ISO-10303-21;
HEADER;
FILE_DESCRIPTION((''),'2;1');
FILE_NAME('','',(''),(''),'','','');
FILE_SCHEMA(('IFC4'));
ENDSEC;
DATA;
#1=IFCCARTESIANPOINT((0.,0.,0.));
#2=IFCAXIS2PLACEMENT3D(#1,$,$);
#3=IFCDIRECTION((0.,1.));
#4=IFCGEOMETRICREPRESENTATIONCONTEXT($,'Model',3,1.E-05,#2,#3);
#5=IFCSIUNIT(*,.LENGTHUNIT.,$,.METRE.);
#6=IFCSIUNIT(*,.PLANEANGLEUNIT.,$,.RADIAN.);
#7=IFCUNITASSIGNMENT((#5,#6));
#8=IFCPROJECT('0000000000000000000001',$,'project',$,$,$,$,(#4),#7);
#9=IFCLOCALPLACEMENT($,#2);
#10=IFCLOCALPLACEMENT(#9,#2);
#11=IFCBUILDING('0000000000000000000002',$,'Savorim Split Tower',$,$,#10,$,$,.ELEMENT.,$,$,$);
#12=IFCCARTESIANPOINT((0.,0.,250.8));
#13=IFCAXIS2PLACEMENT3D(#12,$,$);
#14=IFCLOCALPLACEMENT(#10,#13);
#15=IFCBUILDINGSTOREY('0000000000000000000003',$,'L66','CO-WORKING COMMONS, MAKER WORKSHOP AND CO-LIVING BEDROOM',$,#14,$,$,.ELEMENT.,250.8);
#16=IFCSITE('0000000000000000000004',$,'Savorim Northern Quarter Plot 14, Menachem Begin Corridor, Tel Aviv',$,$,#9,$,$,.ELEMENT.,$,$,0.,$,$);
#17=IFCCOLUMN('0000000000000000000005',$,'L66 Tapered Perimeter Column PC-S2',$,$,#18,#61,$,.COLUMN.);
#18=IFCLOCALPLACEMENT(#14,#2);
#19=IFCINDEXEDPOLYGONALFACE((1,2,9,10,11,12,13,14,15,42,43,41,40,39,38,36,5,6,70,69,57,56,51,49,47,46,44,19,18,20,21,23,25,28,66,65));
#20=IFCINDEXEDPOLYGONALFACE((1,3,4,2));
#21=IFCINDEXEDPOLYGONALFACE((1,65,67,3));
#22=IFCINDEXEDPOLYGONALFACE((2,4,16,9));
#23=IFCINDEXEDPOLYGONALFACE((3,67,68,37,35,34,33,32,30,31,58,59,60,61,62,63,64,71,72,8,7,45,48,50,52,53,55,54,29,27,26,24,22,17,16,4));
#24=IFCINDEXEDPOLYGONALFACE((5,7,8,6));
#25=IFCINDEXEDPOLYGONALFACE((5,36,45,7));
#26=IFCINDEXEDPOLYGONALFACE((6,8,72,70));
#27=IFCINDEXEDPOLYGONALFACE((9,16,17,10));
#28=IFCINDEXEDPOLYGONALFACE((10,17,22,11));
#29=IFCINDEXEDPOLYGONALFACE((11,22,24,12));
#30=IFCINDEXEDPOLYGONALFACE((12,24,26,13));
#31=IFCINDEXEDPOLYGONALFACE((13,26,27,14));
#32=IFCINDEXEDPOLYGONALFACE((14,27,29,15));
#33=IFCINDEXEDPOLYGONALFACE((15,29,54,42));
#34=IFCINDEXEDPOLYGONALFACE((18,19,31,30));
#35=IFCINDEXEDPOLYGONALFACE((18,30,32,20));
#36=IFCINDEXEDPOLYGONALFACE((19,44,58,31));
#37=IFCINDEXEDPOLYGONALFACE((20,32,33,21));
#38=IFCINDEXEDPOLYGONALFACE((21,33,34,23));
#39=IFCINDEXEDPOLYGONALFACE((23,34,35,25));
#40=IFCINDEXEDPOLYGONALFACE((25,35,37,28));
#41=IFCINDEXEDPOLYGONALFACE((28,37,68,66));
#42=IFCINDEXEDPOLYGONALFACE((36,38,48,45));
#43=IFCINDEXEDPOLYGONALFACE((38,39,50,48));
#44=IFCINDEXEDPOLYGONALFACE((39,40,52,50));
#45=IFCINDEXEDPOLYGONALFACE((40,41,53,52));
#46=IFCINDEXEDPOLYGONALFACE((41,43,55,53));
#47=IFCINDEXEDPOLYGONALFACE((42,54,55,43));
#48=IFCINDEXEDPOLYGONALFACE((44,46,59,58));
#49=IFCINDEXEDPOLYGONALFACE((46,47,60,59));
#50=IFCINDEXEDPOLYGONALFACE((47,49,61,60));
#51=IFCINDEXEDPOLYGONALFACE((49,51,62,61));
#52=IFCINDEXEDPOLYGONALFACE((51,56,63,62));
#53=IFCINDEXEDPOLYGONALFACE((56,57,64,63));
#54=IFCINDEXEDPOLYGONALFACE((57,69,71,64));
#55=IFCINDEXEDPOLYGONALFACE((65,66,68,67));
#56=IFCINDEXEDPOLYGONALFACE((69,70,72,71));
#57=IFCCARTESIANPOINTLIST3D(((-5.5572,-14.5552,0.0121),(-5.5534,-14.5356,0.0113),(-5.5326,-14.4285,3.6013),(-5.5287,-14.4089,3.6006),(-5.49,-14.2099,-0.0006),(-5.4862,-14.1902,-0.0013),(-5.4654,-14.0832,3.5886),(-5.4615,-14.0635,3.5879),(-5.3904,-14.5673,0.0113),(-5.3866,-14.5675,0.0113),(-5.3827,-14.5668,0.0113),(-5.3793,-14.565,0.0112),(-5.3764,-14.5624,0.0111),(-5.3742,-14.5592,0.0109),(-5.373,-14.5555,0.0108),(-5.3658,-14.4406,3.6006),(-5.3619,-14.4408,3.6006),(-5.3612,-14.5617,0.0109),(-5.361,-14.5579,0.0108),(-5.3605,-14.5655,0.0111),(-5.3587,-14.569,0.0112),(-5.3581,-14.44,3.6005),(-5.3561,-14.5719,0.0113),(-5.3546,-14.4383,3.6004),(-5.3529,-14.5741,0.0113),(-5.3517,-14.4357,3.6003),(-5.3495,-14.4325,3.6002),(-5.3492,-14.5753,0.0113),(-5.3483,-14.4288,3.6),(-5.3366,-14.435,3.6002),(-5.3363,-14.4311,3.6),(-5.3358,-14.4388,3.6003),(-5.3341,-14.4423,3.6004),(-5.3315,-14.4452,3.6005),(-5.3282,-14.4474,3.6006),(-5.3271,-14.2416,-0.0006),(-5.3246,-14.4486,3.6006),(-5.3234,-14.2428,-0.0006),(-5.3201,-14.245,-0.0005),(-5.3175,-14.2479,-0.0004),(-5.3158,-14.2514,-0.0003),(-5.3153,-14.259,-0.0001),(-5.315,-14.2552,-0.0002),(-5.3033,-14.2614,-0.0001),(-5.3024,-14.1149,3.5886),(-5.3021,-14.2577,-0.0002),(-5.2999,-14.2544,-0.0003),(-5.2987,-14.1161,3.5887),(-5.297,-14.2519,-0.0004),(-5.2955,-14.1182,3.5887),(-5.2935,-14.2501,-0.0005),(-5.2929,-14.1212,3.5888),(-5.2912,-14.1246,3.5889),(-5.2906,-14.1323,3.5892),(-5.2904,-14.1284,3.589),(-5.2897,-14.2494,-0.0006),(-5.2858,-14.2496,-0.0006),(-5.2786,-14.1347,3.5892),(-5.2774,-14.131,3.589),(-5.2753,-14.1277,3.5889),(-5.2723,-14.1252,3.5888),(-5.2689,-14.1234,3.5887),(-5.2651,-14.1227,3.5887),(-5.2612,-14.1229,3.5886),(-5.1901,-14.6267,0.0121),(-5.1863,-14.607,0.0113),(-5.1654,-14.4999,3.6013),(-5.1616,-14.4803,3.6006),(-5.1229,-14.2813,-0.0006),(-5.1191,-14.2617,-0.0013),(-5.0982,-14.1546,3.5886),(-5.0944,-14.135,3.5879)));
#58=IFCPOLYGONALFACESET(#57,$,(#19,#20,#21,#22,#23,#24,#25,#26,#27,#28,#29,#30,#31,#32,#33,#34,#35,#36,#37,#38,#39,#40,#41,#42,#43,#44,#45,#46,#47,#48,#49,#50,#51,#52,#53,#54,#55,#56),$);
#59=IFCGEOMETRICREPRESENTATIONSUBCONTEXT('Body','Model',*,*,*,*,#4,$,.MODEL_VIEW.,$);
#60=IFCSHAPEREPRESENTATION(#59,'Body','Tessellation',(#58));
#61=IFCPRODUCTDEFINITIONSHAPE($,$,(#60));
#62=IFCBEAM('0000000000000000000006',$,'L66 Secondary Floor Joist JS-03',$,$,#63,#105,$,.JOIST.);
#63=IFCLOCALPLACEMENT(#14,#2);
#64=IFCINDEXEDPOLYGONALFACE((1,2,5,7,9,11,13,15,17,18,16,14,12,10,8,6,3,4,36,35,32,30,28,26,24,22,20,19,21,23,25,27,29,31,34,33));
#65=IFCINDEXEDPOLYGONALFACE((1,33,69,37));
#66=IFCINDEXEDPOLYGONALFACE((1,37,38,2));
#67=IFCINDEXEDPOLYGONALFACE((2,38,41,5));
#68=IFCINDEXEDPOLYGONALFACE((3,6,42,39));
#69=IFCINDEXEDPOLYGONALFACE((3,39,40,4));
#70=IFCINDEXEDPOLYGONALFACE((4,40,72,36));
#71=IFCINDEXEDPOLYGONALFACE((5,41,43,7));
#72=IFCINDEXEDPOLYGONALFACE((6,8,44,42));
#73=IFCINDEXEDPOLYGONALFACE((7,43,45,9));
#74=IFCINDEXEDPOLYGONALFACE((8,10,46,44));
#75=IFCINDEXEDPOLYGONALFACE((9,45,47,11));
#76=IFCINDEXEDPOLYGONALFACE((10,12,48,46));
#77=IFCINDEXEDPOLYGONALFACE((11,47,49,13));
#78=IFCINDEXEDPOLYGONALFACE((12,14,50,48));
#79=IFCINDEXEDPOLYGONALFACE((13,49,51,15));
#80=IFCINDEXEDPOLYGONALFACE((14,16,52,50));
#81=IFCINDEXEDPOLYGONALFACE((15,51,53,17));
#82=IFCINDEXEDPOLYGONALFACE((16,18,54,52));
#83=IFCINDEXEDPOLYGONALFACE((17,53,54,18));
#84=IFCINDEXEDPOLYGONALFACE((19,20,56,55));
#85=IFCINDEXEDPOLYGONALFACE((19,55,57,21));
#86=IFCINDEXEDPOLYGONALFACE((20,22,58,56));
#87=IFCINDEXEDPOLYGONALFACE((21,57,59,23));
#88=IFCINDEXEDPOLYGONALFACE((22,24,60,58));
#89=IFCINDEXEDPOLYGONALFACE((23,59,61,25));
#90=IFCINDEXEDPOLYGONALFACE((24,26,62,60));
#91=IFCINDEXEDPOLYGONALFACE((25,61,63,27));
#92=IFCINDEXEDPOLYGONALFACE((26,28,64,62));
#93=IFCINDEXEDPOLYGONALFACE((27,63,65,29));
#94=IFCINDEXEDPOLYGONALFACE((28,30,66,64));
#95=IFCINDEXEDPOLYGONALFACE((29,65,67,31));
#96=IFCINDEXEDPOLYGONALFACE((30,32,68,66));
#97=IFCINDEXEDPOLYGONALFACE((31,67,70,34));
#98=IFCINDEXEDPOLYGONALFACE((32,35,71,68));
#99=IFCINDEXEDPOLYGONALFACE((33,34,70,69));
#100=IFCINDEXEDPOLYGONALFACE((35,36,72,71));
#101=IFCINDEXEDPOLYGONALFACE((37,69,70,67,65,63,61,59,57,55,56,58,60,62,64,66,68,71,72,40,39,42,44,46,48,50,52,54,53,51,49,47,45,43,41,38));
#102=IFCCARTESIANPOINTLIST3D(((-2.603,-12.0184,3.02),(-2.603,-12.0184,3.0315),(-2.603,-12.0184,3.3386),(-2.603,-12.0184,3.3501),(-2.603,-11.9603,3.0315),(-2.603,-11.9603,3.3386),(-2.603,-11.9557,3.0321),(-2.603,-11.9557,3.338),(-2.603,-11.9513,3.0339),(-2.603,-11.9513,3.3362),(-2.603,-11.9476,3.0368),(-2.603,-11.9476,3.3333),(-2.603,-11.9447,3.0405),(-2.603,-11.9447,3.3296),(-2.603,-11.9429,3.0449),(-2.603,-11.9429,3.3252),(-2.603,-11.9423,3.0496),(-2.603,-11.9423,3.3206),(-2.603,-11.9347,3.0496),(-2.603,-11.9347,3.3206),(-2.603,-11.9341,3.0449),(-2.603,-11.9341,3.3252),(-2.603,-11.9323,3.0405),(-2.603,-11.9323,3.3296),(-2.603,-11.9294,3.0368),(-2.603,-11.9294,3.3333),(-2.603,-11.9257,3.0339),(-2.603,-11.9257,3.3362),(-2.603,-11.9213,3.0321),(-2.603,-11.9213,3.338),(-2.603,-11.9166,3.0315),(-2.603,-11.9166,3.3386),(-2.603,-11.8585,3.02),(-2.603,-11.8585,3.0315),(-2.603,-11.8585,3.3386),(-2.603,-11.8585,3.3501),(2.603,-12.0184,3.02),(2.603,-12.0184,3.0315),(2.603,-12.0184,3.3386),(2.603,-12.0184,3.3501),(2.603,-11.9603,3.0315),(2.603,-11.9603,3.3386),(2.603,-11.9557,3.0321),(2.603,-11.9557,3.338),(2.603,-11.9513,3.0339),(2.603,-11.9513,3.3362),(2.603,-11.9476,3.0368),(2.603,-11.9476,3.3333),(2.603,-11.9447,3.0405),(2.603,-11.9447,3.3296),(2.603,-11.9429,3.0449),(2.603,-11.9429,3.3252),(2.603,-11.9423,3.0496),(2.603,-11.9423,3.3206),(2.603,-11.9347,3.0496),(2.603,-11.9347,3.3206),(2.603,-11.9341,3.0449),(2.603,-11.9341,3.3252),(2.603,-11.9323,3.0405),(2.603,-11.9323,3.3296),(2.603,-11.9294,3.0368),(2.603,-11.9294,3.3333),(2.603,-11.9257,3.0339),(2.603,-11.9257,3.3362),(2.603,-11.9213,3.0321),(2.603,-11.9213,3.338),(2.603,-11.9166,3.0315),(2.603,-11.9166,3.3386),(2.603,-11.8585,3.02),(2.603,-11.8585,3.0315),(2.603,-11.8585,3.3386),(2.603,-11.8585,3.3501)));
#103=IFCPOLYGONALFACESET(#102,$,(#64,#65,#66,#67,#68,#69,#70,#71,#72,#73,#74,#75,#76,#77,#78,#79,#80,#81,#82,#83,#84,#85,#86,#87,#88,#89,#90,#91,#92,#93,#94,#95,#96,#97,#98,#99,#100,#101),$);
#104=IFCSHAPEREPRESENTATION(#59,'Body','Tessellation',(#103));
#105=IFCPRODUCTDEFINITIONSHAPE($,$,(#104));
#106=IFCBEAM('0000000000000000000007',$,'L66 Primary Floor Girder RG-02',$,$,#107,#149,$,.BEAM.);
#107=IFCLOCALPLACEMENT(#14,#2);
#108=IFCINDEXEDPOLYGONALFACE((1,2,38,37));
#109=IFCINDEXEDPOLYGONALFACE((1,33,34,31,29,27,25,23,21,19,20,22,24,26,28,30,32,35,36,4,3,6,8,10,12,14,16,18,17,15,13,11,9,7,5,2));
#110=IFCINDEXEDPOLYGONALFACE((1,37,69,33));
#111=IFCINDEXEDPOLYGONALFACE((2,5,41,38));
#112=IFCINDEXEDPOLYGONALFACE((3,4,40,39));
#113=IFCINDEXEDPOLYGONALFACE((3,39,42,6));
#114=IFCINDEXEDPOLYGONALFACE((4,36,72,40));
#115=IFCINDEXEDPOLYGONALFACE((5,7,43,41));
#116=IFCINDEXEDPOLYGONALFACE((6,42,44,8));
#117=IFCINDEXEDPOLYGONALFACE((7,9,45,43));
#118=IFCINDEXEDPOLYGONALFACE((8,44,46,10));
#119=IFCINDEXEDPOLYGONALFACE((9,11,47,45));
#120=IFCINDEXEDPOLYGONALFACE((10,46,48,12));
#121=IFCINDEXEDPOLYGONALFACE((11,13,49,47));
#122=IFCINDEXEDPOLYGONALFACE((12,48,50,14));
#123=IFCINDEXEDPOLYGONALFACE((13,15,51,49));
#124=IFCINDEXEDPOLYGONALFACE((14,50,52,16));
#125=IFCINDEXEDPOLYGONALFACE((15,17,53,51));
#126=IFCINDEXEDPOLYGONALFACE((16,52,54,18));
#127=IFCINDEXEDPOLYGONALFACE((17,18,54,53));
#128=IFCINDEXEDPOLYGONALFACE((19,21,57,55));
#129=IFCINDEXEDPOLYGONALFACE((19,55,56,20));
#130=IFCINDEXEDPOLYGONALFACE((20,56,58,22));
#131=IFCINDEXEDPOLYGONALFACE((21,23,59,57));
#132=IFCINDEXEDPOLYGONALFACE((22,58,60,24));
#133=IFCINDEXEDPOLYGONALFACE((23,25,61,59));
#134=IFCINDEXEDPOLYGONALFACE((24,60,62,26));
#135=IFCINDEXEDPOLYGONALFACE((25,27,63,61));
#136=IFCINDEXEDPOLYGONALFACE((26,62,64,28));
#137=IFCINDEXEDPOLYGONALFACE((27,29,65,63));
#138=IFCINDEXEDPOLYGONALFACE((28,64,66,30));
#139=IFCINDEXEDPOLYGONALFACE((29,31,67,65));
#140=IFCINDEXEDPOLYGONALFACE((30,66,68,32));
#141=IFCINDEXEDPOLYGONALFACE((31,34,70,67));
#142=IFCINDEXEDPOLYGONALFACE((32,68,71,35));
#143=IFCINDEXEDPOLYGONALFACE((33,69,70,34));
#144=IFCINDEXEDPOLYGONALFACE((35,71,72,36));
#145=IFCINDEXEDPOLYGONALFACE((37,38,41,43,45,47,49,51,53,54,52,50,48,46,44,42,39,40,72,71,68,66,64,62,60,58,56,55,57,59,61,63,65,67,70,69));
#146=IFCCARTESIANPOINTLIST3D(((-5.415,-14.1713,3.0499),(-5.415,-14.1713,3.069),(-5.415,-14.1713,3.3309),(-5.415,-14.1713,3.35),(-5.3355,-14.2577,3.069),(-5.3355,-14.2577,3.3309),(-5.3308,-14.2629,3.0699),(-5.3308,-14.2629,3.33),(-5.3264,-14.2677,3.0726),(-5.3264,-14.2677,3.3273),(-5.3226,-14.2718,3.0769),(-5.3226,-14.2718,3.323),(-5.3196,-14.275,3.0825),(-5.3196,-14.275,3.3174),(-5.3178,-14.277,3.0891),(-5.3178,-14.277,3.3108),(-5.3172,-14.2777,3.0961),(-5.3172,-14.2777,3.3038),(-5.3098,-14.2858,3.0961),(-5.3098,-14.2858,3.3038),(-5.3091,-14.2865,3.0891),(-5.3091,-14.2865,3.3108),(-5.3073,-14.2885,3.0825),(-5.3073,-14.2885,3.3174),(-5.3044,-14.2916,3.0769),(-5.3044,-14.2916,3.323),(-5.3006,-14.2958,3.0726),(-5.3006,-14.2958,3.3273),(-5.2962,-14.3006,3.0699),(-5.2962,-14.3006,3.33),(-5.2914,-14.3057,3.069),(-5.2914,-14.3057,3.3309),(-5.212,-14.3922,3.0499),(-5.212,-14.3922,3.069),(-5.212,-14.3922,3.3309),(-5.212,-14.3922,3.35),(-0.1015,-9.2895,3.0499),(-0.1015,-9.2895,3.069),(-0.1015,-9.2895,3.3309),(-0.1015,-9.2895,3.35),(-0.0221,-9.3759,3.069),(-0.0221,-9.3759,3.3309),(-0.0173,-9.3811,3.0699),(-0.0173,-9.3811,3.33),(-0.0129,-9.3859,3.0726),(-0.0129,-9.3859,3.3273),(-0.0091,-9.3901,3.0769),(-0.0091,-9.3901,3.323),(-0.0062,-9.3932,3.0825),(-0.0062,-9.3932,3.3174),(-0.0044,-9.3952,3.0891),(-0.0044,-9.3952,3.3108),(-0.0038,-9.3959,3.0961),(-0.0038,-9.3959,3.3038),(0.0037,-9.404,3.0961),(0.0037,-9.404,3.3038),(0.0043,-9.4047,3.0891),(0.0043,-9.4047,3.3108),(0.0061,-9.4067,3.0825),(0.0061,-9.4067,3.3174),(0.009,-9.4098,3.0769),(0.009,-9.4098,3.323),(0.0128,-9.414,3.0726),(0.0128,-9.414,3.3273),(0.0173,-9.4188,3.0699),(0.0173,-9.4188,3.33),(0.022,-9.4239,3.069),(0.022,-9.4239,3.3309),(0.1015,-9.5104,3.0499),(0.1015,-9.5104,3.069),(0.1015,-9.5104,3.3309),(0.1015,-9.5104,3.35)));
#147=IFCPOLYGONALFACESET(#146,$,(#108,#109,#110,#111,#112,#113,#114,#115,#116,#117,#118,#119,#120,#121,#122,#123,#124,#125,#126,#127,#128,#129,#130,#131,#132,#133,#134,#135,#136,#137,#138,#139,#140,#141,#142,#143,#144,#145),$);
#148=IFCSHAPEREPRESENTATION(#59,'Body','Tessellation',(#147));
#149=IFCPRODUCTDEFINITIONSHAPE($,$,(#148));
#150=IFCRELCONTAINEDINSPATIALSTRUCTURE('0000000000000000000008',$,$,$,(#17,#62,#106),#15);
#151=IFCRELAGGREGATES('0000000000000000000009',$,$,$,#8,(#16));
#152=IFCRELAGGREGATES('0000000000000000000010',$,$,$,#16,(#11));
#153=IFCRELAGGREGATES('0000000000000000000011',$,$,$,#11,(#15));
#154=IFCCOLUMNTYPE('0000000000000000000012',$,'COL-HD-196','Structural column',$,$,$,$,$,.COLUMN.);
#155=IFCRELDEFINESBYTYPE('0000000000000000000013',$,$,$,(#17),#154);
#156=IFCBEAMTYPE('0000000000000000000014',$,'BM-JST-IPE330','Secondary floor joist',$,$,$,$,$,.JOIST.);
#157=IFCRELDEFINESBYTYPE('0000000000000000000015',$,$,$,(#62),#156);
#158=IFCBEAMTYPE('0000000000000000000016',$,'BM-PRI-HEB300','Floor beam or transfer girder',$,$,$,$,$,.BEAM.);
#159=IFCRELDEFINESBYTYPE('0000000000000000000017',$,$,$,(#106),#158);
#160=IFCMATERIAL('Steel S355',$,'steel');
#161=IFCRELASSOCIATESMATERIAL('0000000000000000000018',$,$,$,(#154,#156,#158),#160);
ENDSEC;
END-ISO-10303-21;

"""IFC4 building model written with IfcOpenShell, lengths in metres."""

from ifc_helpers import new_model, si_unit, direction, frame, origin, origin_2d, place, context, subcontext, project, spatial, i_section, extrude, material, material_profile, profile_set, type_object, element, save


model = new_model("IFC4")

# Units and contexts
model_context = context("Model", 3, precision=1e-05, world=origin(), true_north=direction((0.0, 1.0)))
body_context = subcontext(model_context, "Body", "Model", "MODEL_VIEW")
ifc_project = project(units=[si_unit("LENGTHUNIT", "METRE"), si_unit("PLANEANGLEUNIT", "RADIAN")], contexts=[model_context])

# Site, building, storey
site_placement = place(None, origin())
site = spatial("IfcSite", under=ifc_project, at=site_placement, Name="Savorim Northern Quarter Plot 14, Menachem Begin Corridor, Tel Aviv", CompositionType="ELEMENT", RefElevation=0.0)
building_placement = place(site_placement, origin())
building = spatial("IfcBuilding", under=site, at=building_placement, Name="Savorim Split Tower", CompositionType="ELEMENT")
storey_placement = place(building_placement, frame((0.0, 0.0, 250.8)))
storey = spatial("IfcBuildingStorey", under=building, at=storey_placement, Name="L66", Description="CO-WORKING COMMONS, MAKER WORKSHOP AND CO-LIVING BEDROOM", CompositionType="ELEMENT", Elevation=250.8)

# Column
ifc_material_1 = material(Name="Steel S355", Category="steel")
ifc_material_profile_1 = material_profile(ifc_material_1, i_section(OverallWidth=0.374, OverallDepth=0.3721, WebThickness=0.0122, FlangeThickness=0.02, FilletRadius=0.0149, at=origin_2d()), Name="HD 360x196")
ifc_profile_set_1 = profile_set([ifc_material_profile_1], Name="Steel S355")
column_type = type_object("IfcColumnType", Name="COL-HD-196", Description="Structural column", PredefinedType="COLUMN", material=ifc_profile_set_1)
column_placement = place(storey_placement, frame((-5.3381, -14.4084, 0.0054), z_axis=(0.006866, 0.035281, 0.999354), x_axis=(-0.981586, 0.191022, 0.0)))
element("IfcColumn", 1, at=column_placement, inside=storey, type_object=column_type, Name="L66 Tapered Perimeter Column PC-S2", PredefinedType="COLUMN", context=body_context, shape_type="SweptSolid", body=[
    extrude(i_section(OverallWidth=0.374, OverallDepth=0.3721, WebThickness=0.0122, FlangeThickness=0.02, FilletRadius=0.0149, at=origin_2d()), origin(), (0.0, 0.0, 1.0), 3.5916),
])

# Beams
ifc_material_profile_2 = material_profile(ifc_material_1, i_section(OverallWidth=0.1599, OverallDepth=0.3301, WebThickness=0.0076, FlangeThickness=0.0115, FilletRadius=0.0181, at=origin_2d()), Name="IPE 330")
ifc_profile_set_2 = profile_set([ifc_material_profile_2], Name="Steel S355")
beam_type_1 = type_object("IfcBeamType", Name="BM-JST-IPE330", Description="Secondary floor joist", PredefinedType="JOIST", material=ifc_profile_set_2)
beam_1_placement = place(storey_placement, frame((-2.603, -11.9385, 3.1851), z_axis=(1.0, 0.0, 0.0), x_axis=(0.0, 1.0, 0.0)))
element("IfcBeam", 2, at=beam_1_placement, inside=storey, type_object=beam_type_1, Name="L66 Secondary Floor Joist JS-03", PredefinedType="JOIST", context=body_context, shape_type="SweptSolid", body=[
    extrude(i_section(OverallWidth=0.1599, OverallDepth=0.3301, WebThickness=0.0076, FlangeThickness=0.0115, FilletRadius=0.0181, at=origin_2d()), origin(), (0.0, 0.0, 1.0), 5.2061),
])
ifc_material_profile_3 = material_profile(ifc_material_1, i_section(OverallWidth=0.3, OverallDepth=0.3, WebThickness=0.011, FlangeThickness=0.019, FilletRadius=0.0271, at=origin_2d()), Name="HEB 300")
ifc_profile_set_3 = profile_set([ifc_material_profile_3], Name="Steel S355")
beam_type_2 = type_object("IfcBeamType", Name="BM-PRI-HEB300", Description="Floor beam or transfer girder", PredefinedType="BEAM", material=ifc_profile_set_3)
beam_2_placement = place(storey_placement, frame((-5.3135, -14.2817, 3.2), z_axis=(0.736384, 0.676564, 0.0), x_axis=(-0.676564, 0.736384, 0.0)))
element("IfcBeam", 3, at=beam_2_placement, inside=storey, type_object=beam_type_2, Name="L66 Primary Floor Girder RG-02", PredefinedType="BEAM", context=body_context, shape_type="SweptSolid", body=[
    extrude(i_section(OverallWidth=0.3, OverallDepth=0.3, WebThickness=0.011, FlangeThickness=0.019, FilletRadius=0.0271, at=origin_2d()), origin(), (0.0, 0.0, 1.0), 7.2156),
])

save(model, "model.ifc")
